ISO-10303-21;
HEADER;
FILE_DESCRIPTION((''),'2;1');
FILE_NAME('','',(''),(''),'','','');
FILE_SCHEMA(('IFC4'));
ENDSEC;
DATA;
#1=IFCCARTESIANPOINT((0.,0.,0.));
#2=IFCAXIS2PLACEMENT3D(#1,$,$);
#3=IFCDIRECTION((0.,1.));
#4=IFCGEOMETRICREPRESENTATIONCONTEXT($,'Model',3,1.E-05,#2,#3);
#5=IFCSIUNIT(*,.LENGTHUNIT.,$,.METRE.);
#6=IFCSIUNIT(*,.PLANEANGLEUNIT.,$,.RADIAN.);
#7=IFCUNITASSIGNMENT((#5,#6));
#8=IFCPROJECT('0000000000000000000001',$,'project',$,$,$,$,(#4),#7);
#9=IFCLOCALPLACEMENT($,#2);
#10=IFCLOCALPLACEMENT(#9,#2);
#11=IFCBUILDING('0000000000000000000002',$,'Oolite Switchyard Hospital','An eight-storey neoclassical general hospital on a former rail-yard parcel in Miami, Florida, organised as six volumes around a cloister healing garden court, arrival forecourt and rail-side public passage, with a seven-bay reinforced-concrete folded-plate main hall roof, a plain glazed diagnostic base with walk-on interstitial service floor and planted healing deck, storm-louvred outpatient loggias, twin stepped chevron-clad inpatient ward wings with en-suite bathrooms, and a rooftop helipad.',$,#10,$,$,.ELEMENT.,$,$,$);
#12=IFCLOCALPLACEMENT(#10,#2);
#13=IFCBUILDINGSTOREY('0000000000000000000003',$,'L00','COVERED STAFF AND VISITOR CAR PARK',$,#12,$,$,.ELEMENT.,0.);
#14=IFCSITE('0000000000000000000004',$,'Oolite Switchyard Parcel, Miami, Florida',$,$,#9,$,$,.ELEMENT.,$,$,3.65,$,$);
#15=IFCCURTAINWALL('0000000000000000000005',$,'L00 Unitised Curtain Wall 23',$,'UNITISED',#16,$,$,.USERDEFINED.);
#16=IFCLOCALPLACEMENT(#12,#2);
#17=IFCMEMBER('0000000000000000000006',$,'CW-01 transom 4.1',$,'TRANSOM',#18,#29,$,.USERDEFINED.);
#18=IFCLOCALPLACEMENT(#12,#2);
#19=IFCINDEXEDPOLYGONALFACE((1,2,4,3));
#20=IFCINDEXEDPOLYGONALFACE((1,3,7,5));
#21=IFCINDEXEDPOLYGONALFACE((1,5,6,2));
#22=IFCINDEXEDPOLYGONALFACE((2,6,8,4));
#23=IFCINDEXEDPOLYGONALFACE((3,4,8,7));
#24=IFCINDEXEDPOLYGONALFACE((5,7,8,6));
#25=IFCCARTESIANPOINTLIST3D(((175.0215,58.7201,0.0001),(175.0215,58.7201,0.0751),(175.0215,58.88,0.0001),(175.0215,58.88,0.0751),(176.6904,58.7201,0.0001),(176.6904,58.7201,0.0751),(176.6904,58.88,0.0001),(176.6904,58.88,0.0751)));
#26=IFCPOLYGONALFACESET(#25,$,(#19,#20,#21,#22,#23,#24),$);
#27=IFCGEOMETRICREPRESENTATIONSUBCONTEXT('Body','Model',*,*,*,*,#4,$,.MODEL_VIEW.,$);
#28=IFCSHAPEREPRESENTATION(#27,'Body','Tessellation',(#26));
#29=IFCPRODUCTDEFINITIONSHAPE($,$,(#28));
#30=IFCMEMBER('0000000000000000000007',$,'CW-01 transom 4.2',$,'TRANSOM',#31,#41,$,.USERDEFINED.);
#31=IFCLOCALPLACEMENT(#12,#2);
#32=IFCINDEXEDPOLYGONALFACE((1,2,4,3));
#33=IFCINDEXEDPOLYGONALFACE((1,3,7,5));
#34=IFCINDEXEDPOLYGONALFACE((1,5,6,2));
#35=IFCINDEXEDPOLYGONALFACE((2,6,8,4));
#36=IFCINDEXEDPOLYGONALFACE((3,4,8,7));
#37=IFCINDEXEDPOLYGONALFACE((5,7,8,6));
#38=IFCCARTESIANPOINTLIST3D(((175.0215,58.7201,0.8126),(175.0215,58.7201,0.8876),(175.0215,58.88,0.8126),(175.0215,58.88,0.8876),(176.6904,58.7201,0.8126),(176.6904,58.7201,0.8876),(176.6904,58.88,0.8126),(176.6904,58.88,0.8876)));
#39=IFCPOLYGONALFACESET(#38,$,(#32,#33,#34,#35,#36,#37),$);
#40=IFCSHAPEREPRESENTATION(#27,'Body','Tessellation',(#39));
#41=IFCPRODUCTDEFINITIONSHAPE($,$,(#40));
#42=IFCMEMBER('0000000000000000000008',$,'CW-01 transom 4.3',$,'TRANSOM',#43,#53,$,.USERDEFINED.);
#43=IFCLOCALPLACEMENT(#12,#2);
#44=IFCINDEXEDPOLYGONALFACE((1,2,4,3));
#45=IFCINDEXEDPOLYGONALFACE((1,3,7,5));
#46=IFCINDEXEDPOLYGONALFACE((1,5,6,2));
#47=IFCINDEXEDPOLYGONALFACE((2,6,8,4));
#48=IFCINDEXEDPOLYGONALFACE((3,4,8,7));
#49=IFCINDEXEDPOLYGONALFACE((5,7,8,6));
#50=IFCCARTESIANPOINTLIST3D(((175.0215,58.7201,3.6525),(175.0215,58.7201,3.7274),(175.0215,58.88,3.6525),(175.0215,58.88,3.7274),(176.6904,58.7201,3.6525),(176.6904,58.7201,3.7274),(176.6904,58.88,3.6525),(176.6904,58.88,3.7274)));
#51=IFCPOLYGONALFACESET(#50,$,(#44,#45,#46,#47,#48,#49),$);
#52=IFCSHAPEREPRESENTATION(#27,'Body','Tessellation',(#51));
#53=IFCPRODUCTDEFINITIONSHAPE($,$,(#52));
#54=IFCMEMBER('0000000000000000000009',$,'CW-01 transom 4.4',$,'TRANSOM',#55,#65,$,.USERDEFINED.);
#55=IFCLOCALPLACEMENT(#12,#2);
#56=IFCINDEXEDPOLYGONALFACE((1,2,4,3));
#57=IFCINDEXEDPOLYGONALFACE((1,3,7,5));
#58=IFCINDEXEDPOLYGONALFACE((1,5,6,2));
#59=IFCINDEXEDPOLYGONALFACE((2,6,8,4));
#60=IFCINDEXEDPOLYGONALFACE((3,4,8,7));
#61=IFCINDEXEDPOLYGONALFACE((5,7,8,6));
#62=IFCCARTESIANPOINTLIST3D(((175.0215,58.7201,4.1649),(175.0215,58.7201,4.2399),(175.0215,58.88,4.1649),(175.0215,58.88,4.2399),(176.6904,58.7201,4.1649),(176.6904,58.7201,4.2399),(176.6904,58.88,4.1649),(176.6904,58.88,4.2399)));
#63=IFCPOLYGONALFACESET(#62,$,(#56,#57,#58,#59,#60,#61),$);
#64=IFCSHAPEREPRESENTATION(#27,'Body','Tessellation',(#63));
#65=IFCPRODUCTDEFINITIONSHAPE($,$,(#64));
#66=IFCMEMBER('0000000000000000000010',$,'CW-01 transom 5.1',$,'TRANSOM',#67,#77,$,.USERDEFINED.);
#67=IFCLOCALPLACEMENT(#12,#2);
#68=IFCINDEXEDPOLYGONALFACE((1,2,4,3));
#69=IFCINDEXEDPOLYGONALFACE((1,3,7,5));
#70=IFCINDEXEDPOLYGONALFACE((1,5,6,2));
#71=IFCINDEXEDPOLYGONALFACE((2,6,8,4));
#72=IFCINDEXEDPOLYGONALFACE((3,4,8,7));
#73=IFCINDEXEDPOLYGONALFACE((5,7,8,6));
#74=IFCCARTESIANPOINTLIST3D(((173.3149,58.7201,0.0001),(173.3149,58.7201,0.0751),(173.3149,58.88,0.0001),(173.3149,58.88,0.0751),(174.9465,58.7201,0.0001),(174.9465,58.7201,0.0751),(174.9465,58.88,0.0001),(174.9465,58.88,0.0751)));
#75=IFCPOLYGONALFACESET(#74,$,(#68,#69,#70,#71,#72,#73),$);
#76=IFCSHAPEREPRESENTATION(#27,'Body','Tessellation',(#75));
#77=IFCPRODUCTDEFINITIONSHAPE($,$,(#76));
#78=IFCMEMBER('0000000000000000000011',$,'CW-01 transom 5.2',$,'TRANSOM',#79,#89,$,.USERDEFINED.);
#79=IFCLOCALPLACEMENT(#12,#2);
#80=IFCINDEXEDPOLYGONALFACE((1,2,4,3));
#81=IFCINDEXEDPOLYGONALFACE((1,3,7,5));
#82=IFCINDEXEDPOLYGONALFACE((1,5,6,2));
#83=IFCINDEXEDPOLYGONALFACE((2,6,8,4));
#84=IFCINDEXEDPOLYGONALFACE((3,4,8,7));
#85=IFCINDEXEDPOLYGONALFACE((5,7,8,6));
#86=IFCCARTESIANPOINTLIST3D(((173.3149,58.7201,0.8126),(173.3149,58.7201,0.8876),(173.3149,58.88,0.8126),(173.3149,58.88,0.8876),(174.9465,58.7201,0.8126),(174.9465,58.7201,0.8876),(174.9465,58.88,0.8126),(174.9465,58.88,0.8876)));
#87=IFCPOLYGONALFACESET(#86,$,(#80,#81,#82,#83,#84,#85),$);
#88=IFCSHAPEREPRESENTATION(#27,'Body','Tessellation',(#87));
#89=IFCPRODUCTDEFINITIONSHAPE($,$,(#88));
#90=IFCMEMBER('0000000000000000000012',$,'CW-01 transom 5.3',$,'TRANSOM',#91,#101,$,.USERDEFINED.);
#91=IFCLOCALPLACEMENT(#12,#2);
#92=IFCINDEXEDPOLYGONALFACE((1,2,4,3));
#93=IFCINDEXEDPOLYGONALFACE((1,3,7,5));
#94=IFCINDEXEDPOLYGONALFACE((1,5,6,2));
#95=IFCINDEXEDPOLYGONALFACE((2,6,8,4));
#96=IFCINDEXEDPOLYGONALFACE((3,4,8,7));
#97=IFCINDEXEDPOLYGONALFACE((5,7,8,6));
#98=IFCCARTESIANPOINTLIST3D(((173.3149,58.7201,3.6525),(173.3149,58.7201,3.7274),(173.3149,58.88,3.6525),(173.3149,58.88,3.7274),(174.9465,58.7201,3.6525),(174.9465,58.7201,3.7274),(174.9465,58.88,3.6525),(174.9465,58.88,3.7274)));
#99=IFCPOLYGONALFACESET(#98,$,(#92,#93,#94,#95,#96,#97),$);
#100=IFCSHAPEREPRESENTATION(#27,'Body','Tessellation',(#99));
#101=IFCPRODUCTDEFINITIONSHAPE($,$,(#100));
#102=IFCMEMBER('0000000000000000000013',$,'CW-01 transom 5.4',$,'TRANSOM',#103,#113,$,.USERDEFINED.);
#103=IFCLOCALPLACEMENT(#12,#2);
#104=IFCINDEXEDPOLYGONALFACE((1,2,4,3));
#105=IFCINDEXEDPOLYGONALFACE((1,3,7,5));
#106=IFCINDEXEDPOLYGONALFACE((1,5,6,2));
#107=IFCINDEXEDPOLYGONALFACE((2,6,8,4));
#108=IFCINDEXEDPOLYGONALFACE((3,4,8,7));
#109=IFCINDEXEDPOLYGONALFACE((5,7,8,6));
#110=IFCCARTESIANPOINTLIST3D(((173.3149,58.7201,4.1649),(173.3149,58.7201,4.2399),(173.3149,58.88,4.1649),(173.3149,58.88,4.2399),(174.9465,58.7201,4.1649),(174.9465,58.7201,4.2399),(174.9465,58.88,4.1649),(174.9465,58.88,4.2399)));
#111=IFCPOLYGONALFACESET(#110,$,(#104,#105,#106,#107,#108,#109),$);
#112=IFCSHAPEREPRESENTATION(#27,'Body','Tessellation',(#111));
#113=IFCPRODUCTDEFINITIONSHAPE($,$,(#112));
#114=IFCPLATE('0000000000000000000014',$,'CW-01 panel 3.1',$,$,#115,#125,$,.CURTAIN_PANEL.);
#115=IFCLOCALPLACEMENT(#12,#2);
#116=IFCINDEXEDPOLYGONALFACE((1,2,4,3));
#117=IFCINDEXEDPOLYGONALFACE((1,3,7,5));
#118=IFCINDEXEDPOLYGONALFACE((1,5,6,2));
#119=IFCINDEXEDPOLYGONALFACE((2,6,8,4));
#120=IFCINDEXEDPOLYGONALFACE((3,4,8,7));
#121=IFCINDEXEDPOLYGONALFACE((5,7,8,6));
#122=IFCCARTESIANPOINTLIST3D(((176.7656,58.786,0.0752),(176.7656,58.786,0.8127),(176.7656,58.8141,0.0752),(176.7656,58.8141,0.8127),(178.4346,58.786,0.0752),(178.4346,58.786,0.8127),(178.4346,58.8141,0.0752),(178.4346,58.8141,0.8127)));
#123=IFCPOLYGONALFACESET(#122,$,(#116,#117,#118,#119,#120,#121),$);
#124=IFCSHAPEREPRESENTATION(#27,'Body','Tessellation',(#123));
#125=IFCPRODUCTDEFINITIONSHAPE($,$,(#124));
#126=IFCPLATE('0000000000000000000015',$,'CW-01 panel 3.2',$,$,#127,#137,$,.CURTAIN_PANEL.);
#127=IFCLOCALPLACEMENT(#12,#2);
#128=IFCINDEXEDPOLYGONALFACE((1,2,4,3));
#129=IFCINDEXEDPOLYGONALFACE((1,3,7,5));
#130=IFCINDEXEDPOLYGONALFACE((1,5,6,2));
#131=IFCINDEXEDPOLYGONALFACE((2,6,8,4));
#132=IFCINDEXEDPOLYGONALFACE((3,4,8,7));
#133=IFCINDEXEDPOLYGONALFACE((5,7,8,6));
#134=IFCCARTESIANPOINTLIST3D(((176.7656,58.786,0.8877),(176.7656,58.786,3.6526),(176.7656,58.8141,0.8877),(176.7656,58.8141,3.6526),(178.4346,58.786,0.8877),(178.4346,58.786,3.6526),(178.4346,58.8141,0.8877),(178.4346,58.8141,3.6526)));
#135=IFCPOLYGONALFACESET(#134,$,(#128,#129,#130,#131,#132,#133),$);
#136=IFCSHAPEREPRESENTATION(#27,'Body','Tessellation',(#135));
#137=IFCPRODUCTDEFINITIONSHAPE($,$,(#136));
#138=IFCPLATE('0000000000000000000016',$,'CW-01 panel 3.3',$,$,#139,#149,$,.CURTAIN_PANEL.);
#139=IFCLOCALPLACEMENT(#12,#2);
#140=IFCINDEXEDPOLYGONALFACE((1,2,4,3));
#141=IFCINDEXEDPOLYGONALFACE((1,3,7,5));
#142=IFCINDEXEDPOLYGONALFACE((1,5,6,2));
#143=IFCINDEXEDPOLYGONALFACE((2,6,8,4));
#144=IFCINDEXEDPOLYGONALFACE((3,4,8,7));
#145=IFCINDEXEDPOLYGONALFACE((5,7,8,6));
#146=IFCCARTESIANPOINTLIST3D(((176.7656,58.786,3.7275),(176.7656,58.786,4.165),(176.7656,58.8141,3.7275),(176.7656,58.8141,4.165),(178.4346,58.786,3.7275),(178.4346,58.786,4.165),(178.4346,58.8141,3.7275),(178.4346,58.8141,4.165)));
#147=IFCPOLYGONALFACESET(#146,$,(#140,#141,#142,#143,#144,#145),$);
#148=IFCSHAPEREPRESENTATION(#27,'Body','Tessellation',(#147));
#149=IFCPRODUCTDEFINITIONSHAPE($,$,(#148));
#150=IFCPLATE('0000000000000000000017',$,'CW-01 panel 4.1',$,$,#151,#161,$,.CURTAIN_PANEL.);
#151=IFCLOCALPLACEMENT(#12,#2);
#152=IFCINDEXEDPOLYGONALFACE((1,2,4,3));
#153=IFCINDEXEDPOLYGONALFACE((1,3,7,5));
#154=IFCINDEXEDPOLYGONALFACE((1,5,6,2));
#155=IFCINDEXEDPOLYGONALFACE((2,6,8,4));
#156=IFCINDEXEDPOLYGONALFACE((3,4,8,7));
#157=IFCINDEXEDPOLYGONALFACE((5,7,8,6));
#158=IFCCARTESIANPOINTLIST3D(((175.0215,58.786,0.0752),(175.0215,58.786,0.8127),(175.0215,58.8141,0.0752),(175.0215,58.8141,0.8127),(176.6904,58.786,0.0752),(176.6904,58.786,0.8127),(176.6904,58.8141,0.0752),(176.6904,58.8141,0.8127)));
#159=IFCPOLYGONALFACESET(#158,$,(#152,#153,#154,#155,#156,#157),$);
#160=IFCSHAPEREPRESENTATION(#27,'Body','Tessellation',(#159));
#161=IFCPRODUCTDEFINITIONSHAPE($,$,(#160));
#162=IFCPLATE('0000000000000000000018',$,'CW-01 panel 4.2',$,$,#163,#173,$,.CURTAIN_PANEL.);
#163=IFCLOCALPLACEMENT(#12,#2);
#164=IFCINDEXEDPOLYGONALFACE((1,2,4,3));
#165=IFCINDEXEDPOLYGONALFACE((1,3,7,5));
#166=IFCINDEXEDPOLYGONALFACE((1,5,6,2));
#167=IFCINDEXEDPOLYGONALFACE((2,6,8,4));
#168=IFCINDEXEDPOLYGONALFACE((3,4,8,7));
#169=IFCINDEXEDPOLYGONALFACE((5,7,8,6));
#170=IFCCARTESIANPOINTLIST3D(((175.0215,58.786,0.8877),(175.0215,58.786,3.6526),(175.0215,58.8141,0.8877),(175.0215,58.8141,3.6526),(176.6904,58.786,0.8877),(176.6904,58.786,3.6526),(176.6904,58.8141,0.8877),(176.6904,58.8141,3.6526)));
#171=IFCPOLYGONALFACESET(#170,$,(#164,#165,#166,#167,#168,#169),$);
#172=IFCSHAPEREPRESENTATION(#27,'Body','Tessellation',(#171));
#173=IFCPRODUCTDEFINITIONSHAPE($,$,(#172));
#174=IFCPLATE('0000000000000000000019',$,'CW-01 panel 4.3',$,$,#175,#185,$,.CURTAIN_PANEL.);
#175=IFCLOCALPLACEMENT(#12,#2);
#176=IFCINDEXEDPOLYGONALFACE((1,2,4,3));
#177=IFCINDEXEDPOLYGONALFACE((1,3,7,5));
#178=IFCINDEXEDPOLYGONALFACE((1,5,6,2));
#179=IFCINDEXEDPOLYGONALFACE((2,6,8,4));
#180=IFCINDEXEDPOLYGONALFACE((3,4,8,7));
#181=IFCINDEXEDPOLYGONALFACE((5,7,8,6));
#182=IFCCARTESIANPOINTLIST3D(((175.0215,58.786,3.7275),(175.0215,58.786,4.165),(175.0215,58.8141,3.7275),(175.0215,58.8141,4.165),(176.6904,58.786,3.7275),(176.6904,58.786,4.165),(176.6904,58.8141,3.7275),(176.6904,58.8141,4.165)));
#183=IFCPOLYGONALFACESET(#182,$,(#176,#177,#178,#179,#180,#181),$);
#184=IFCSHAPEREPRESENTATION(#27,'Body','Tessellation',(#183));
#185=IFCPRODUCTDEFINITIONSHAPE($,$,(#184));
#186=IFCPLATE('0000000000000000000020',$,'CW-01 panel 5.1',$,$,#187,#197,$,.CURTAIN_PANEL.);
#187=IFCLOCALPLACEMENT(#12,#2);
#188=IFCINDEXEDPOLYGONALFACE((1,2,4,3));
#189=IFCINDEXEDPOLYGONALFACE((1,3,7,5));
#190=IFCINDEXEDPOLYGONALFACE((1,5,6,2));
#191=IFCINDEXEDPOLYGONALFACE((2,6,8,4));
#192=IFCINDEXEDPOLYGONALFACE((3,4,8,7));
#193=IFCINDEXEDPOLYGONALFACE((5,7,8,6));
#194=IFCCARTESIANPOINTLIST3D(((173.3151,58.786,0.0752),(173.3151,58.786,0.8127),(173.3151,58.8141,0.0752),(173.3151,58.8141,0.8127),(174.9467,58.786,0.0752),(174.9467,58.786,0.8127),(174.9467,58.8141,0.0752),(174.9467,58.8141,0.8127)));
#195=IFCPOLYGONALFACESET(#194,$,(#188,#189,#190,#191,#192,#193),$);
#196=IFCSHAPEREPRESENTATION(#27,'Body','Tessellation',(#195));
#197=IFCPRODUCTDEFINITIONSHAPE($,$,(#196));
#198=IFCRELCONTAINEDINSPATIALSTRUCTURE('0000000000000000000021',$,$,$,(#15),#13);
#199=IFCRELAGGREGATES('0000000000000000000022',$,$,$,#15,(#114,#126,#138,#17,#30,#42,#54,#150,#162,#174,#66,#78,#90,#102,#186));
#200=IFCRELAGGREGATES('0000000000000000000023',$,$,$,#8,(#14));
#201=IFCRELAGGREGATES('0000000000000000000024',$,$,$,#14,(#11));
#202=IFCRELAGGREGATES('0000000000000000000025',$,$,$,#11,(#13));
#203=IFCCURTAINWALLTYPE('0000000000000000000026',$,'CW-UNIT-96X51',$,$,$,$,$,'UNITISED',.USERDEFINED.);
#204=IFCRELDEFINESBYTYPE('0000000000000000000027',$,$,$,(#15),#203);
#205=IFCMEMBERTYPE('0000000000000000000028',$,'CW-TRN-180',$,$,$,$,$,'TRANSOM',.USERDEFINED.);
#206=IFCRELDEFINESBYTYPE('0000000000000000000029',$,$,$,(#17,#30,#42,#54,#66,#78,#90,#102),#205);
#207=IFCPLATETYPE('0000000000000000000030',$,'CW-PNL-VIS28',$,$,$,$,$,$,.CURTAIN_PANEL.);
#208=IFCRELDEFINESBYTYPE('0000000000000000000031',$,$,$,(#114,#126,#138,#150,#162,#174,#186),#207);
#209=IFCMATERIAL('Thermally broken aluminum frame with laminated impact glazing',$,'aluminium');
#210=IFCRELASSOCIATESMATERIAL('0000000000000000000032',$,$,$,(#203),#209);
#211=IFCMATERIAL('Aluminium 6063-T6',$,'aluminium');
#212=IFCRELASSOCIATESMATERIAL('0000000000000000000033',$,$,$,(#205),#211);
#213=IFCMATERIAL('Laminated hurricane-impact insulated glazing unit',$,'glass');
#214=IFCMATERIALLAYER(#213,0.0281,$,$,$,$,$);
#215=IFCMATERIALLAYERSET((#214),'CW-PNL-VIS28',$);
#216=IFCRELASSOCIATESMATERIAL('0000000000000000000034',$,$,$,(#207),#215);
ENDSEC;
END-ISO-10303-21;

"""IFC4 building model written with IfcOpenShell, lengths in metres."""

from ifc_helpers import new_model, si_unit, direction, frame, origin, origin_2d, place, context, subcontext, project, spatial, rectangle, extrude, material, layer, layer_set, material_profile, profile_set, type_object, element, aggregate, save


model = new_model("IFC4")

# Units and contexts
model_context = context("Model", 3, precision=1e-05, world=origin(), true_north=direction((0.0, 1.0)))
body_context = subcontext(model_context, "Body", "Model", "MODEL_VIEW")
ifc_project = project(units=[si_unit("LENGTHUNIT", "METRE"), si_unit("PLANEANGLEUNIT", "RADIAN")], contexts=[model_context])

# Site, building, storey
site_placement = place(None, origin())
site = spatial("IfcSite", under=ifc_project, at=site_placement, Name="Oolite Switchyard Parcel, Miami, Florida", CompositionType="ELEMENT", RefElevation=3.65)
building_placement = place(site_placement, origin())
building = spatial("IfcBuilding", under=site, at=building_placement, Name="Oolite Switchyard Hospital", Description="An eight-storey neoclassical general hospital on a former rail-yard parcel in Miami, Florida, organised as six volumes around a cloister healing garden court, arrival forecourt and rail-side public passage, with a seven-bay reinforced-concrete folded-plate main hall roof, a plain glazed diagnostic base with walk-on interstitial service floor and planted healing deck, storm-louvred outpatient loggias, twin stepped chevron-clad inpatient ward wings with en-suite bathrooms, and a rooftop helipad.", CompositionType="ELEMENT")
storey_placement = place(building_placement, origin())
storey = spatial("IfcBuildingStorey", under=building, at=storey_placement, Name="L00", Description="COVERED STAFF AND VISITOR CAR PARK", CompositionType="ELEMENT", Elevation=0.0)

# Curtain wall, members, plates
ifc_material_1 = material(Name="Thermally broken aluminum frame with laminated impact glazing", Category="aluminium")
curtain_wall_type = type_object("IfcCurtainWallType", Name="CW-UNIT-96X51", ElementType="UNITISED", PredefinedType="USERDEFINED", material=ifc_material_1)
curtain_wall_placement = place(storey_placement, origin())
curtain_wall = element("IfcCurtainWall", 1, at=curtain_wall_placement, inside=storey, type_object=curtain_wall_type, Name="L00 Unitised Curtain Wall 23", ObjectType="UNITISED", PredefinedType="USERDEFINED")
ifc_material_2 = material(Name="Aluminium 6063-T6", Category="aluminium")
ifc_material_profile_1 = material_profile(ifc_material_2, rectangle(XDim=0.1599, YDim=0.075, at=origin_2d()), Name="CWT75X160")
ifc_profile_set_1 = profile_set([ifc_material_profile_1], Name="Aluminium 6063-T6")
member_type_1 = type_object("IfcMemberType", Name="CW-TRN-180", ElementType="TRANSOM", PredefinedType="USERDEFINED", material=ifc_profile_set_1)
member_1_placement = place(storey_placement, frame((176.6904, 58.8, 0.0376), z_axis=(-1.0, 0.0, 0.0), x_axis=(0.0, -1.0, 0.0)))
member_1 = element("IfcMember", 2, at=member_1_placement, type_object=member_type_1, Name="CW-01 transom 4.1", ObjectType="TRANSOM", PredefinedType="USERDEFINED", context=body_context, shape_type="SweptSolid", body=[
    extrude(rectangle(XDim=0.1599, YDim=0.075, at=origin_2d()), origin(), (0.0, 0.0, 1.0), 1.6689),
])
member_2_placement = place(storey_placement, frame((176.6904, 58.8, 0.8501), z_axis=(-1.0, 0.0, 0.0), x_axis=(0.0, -1.0, 0.0)))
member_2 = element("IfcMember", 3, at=member_2_placement, type_object=member_type_1, Name="CW-01 transom 4.2", ObjectType="TRANSOM", PredefinedType="USERDEFINED", context=body_context, shape_type="SweptSolid", body=[
    extrude(rectangle(XDim=0.1599, YDim=0.075, at=origin_2d()), origin(), (0.0, 0.0, 1.0), 1.6689),
])
member_3_placement = place(storey_placement, frame((176.6904, 58.8, 3.6899), z_axis=(-1.0, 0.0, 0.0), x_axis=(0.0, -1.0, 0.0)))
member_3 = element("IfcMember", 4, at=member_3_placement, type_object=member_type_1, Name="CW-01 transom 4.3", ObjectType="TRANSOM", PredefinedType="USERDEFINED", context=body_context, shape_type="SweptSolid", body=[
    extrude(rectangle(XDim=0.1599, YDim=0.075, at=origin_2d()), origin(), (0.0, 0.0, 1.0), 1.6689),
])
member_4_placement = place(storey_placement, frame((176.6904, 58.8, 4.2024), z_axis=(-1.0, 0.0, 0.0), x_axis=(0.0, -1.0, 0.0)))
member_4 = element("IfcMember", 5, at=member_4_placement, type_object=member_type_1, Name="CW-01 transom 4.4", ObjectType="TRANSOM", PredefinedType="USERDEFINED", context=body_context, shape_type="SweptSolid", body=[
    extrude(rectangle(XDim=0.1599, YDim=0.075, at=origin_2d()), origin(), (0.0, 0.0, 1.0), 1.6689),
])
member_5_placement = place(storey_placement, frame((174.9465, 58.8, 0.0376), z_axis=(-1.0, 0.0, 0.0), x_axis=(0.0, -1.0, 0.0)))
member_5 = element("IfcMember", 6, at=member_5_placement, type_object=member_type_1, Name="CW-01 transom 5.1", ObjectType="TRANSOM", PredefinedType="USERDEFINED", context=body_context, shape_type="SweptSolid", body=[
    extrude(rectangle(XDim=0.1599, YDim=0.075, at=origin_2d()), origin(), (0.0, 0.0, 1.0), 1.6316),
])
member_6_placement = place(storey_placement, frame((174.9465, 58.8, 0.8501), z_axis=(-1.0, 0.0, 0.0), x_axis=(0.0, -1.0, 0.0)))
member_6 = element("IfcMember", 7, at=member_6_placement, type_object=member_type_1, Name="CW-01 transom 5.2", ObjectType="TRANSOM", PredefinedType="USERDEFINED", context=body_context, shape_type="SweptSolid", body=[
    extrude(rectangle(XDim=0.1599, YDim=0.075, at=origin_2d()), origin(), (0.0, 0.0, 1.0), 1.6316),
])
member_7_placement = place(storey_placement, frame((174.9465, 58.8, 3.6899), z_axis=(-1.0, 0.0, 0.0), x_axis=(0.0, -1.0, 0.0)))
member_7 = element("IfcMember", 8, at=member_7_placement, type_object=member_type_1, Name="CW-01 transom 5.3", ObjectType="TRANSOM", PredefinedType="USERDEFINED", context=body_context, shape_type="SweptSolid", body=[
    extrude(rectangle(XDim=0.1599, YDim=0.075, at=origin_2d()), origin(), (0.0, 0.0, 1.0), 1.6316),
])
member_8_placement = place(storey_placement, frame((174.9465, 58.8, 4.2024), z_axis=(-1.0, 0.0, 0.0), x_axis=(0.0, -1.0, 0.0)))
member_8 = element("IfcMember", 9, at=member_8_placement, type_object=member_type_1, Name="CW-01 transom 5.4", ObjectType="TRANSOM", PredefinedType="USERDEFINED", context=body_context, shape_type="SweptSolid", body=[
    extrude(rectangle(XDim=0.1599, YDim=0.075, at=origin_2d()), origin(), (0.0, 0.0, 1.0), 1.6316),
])
ifc_material_3 = material(Name="Laminated hurricane-impact insulated glazing unit", Category="glass")
ifc_layer = layer(ifc_material_3, 0.0281)
ifc_layer_set = layer_set([ifc_layer], Name="CW-PNL-VIS28")
plate_type = type_object("IfcPlateType", Name="CW-PNL-VIS28", PredefinedType="CURTAIN_PANEL", material=ifc_layer_set)
plate_1_placement = place(storey_placement, frame((177.6001, 58.8, 0.0752), z_axis=(0.0, 0.0, 1.0), x_axis=(-1.0, 0.0, 0.0)))
plate_1 = element("IfcPlate", 10, at=plate_1_placement, type_object=plate_type, Name="CW-01 panel 3.1", PredefinedType="CURTAIN_PANEL", context=body_context, shape_type="SweptSolid", body=[
    extrude(rectangle(XDim=1.6689, YDim=0.0281, at=origin_2d()), origin(), (0.0, 0.0, 1.0), 0.7375),
])
plate_2_placement = place(storey_placement, frame((177.6001, 58.8, 0.8877), z_axis=(0.0, 0.0, 1.0), x_axis=(-1.0, 0.0, 0.0)))
plate_2 = element("IfcPlate", 11, at=plate_2_placement, type_object=plate_type, Name="CW-01 panel 3.2", PredefinedType="CURTAIN_PANEL", context=body_context, shape_type="SweptSolid", body=[
    extrude(rectangle(XDim=1.6689, YDim=0.0281, at=origin_2d()), origin(), (0.0, 0.0, 1.0), 2.7649),
])
plate_3_placement = place(storey_placement, frame((177.6001, 58.8, 3.7275), z_axis=(0.0, 0.0, 1.0), x_axis=(-1.0, 0.0, 0.0)))
plate_3 = element("IfcPlate", 12, at=plate_3_placement, type_object=plate_type, Name="CW-01 panel 3.3", PredefinedType="CURTAIN_PANEL", context=body_context, shape_type="SweptSolid", body=[
    extrude(rectangle(XDim=1.6689, YDim=0.0281, at=origin_2d()), origin(), (0.0, 0.0, 1.0), 0.4375),
])
plate_4_placement = place(storey_placement, frame((175.856, 58.8, 0.0752), z_axis=(0.0, 0.0, 1.0), x_axis=(-1.0, 0.0, 0.0)))
plate_4 = element("IfcPlate", 13, at=plate_4_placement, type_object=plate_type, Name="CW-01 panel 4.1", PredefinedType="CURTAIN_PANEL", context=body_context, shape_type="SweptSolid", body=[
    extrude(rectangle(XDim=1.6689, YDim=0.0281, at=origin_2d()), origin(), (0.0, 0.0, 1.0), 0.7375),
])
plate_5_placement = place(storey_placement, frame((175.856, 58.8, 0.8877), z_axis=(0.0, 0.0, 1.0), x_axis=(-1.0, 0.0, 0.0)))
plate_5 = element("IfcPlate", 14, at=plate_5_placement, type_object=plate_type, Name="CW-01 panel 4.2", PredefinedType="CURTAIN_PANEL", context=body_context, shape_type="SweptSolid", body=[
    extrude(rectangle(XDim=1.6689, YDim=0.0281, at=origin_2d()), origin(), (0.0, 0.0, 1.0), 2.7649),
])
plate_6_placement = place(storey_placement, frame((175.856, 58.8, 3.7275), z_axis=(0.0, 0.0, 1.0), x_axis=(-1.0, 0.0, 0.0)))
plate_6 = element("IfcPlate", 15, at=plate_6_placement, type_object=plate_type, Name="CW-01 panel 4.3", PredefinedType="CURTAIN_PANEL", context=body_context, shape_type="SweptSolid", body=[
    extrude(rectangle(XDim=1.6689, YDim=0.0281, at=origin_2d()), origin(), (0.0, 0.0, 1.0), 0.4375),
])
plate_7_placement = place(storey_placement, frame((174.1309, 58.8, 0.0752), z_axis=(0.0, 0.0, 1.0), x_axis=(-1.0, 0.0, 0.0)))
plate_7 = element("IfcPlate", 16, at=plate_7_placement, type_object=plate_type, Name="CW-01 panel 5.1", PredefinedType="CURTAIN_PANEL", context=body_context, shape_type="SweptSolid", body=[
    extrude(rectangle(XDim=1.6316, YDim=0.0281, at=origin_2d()), origin(), (0.0, 0.0, 1.0), 0.7375),
])
aggregate(curtain_wall, [plate_1, plate_2, plate_3, member_1, member_2, member_3, member_4, plate_4, plate_5, plate_6, member_5, member_6, member_7, member_8, plate_7])

save(model, "model.ifc")
